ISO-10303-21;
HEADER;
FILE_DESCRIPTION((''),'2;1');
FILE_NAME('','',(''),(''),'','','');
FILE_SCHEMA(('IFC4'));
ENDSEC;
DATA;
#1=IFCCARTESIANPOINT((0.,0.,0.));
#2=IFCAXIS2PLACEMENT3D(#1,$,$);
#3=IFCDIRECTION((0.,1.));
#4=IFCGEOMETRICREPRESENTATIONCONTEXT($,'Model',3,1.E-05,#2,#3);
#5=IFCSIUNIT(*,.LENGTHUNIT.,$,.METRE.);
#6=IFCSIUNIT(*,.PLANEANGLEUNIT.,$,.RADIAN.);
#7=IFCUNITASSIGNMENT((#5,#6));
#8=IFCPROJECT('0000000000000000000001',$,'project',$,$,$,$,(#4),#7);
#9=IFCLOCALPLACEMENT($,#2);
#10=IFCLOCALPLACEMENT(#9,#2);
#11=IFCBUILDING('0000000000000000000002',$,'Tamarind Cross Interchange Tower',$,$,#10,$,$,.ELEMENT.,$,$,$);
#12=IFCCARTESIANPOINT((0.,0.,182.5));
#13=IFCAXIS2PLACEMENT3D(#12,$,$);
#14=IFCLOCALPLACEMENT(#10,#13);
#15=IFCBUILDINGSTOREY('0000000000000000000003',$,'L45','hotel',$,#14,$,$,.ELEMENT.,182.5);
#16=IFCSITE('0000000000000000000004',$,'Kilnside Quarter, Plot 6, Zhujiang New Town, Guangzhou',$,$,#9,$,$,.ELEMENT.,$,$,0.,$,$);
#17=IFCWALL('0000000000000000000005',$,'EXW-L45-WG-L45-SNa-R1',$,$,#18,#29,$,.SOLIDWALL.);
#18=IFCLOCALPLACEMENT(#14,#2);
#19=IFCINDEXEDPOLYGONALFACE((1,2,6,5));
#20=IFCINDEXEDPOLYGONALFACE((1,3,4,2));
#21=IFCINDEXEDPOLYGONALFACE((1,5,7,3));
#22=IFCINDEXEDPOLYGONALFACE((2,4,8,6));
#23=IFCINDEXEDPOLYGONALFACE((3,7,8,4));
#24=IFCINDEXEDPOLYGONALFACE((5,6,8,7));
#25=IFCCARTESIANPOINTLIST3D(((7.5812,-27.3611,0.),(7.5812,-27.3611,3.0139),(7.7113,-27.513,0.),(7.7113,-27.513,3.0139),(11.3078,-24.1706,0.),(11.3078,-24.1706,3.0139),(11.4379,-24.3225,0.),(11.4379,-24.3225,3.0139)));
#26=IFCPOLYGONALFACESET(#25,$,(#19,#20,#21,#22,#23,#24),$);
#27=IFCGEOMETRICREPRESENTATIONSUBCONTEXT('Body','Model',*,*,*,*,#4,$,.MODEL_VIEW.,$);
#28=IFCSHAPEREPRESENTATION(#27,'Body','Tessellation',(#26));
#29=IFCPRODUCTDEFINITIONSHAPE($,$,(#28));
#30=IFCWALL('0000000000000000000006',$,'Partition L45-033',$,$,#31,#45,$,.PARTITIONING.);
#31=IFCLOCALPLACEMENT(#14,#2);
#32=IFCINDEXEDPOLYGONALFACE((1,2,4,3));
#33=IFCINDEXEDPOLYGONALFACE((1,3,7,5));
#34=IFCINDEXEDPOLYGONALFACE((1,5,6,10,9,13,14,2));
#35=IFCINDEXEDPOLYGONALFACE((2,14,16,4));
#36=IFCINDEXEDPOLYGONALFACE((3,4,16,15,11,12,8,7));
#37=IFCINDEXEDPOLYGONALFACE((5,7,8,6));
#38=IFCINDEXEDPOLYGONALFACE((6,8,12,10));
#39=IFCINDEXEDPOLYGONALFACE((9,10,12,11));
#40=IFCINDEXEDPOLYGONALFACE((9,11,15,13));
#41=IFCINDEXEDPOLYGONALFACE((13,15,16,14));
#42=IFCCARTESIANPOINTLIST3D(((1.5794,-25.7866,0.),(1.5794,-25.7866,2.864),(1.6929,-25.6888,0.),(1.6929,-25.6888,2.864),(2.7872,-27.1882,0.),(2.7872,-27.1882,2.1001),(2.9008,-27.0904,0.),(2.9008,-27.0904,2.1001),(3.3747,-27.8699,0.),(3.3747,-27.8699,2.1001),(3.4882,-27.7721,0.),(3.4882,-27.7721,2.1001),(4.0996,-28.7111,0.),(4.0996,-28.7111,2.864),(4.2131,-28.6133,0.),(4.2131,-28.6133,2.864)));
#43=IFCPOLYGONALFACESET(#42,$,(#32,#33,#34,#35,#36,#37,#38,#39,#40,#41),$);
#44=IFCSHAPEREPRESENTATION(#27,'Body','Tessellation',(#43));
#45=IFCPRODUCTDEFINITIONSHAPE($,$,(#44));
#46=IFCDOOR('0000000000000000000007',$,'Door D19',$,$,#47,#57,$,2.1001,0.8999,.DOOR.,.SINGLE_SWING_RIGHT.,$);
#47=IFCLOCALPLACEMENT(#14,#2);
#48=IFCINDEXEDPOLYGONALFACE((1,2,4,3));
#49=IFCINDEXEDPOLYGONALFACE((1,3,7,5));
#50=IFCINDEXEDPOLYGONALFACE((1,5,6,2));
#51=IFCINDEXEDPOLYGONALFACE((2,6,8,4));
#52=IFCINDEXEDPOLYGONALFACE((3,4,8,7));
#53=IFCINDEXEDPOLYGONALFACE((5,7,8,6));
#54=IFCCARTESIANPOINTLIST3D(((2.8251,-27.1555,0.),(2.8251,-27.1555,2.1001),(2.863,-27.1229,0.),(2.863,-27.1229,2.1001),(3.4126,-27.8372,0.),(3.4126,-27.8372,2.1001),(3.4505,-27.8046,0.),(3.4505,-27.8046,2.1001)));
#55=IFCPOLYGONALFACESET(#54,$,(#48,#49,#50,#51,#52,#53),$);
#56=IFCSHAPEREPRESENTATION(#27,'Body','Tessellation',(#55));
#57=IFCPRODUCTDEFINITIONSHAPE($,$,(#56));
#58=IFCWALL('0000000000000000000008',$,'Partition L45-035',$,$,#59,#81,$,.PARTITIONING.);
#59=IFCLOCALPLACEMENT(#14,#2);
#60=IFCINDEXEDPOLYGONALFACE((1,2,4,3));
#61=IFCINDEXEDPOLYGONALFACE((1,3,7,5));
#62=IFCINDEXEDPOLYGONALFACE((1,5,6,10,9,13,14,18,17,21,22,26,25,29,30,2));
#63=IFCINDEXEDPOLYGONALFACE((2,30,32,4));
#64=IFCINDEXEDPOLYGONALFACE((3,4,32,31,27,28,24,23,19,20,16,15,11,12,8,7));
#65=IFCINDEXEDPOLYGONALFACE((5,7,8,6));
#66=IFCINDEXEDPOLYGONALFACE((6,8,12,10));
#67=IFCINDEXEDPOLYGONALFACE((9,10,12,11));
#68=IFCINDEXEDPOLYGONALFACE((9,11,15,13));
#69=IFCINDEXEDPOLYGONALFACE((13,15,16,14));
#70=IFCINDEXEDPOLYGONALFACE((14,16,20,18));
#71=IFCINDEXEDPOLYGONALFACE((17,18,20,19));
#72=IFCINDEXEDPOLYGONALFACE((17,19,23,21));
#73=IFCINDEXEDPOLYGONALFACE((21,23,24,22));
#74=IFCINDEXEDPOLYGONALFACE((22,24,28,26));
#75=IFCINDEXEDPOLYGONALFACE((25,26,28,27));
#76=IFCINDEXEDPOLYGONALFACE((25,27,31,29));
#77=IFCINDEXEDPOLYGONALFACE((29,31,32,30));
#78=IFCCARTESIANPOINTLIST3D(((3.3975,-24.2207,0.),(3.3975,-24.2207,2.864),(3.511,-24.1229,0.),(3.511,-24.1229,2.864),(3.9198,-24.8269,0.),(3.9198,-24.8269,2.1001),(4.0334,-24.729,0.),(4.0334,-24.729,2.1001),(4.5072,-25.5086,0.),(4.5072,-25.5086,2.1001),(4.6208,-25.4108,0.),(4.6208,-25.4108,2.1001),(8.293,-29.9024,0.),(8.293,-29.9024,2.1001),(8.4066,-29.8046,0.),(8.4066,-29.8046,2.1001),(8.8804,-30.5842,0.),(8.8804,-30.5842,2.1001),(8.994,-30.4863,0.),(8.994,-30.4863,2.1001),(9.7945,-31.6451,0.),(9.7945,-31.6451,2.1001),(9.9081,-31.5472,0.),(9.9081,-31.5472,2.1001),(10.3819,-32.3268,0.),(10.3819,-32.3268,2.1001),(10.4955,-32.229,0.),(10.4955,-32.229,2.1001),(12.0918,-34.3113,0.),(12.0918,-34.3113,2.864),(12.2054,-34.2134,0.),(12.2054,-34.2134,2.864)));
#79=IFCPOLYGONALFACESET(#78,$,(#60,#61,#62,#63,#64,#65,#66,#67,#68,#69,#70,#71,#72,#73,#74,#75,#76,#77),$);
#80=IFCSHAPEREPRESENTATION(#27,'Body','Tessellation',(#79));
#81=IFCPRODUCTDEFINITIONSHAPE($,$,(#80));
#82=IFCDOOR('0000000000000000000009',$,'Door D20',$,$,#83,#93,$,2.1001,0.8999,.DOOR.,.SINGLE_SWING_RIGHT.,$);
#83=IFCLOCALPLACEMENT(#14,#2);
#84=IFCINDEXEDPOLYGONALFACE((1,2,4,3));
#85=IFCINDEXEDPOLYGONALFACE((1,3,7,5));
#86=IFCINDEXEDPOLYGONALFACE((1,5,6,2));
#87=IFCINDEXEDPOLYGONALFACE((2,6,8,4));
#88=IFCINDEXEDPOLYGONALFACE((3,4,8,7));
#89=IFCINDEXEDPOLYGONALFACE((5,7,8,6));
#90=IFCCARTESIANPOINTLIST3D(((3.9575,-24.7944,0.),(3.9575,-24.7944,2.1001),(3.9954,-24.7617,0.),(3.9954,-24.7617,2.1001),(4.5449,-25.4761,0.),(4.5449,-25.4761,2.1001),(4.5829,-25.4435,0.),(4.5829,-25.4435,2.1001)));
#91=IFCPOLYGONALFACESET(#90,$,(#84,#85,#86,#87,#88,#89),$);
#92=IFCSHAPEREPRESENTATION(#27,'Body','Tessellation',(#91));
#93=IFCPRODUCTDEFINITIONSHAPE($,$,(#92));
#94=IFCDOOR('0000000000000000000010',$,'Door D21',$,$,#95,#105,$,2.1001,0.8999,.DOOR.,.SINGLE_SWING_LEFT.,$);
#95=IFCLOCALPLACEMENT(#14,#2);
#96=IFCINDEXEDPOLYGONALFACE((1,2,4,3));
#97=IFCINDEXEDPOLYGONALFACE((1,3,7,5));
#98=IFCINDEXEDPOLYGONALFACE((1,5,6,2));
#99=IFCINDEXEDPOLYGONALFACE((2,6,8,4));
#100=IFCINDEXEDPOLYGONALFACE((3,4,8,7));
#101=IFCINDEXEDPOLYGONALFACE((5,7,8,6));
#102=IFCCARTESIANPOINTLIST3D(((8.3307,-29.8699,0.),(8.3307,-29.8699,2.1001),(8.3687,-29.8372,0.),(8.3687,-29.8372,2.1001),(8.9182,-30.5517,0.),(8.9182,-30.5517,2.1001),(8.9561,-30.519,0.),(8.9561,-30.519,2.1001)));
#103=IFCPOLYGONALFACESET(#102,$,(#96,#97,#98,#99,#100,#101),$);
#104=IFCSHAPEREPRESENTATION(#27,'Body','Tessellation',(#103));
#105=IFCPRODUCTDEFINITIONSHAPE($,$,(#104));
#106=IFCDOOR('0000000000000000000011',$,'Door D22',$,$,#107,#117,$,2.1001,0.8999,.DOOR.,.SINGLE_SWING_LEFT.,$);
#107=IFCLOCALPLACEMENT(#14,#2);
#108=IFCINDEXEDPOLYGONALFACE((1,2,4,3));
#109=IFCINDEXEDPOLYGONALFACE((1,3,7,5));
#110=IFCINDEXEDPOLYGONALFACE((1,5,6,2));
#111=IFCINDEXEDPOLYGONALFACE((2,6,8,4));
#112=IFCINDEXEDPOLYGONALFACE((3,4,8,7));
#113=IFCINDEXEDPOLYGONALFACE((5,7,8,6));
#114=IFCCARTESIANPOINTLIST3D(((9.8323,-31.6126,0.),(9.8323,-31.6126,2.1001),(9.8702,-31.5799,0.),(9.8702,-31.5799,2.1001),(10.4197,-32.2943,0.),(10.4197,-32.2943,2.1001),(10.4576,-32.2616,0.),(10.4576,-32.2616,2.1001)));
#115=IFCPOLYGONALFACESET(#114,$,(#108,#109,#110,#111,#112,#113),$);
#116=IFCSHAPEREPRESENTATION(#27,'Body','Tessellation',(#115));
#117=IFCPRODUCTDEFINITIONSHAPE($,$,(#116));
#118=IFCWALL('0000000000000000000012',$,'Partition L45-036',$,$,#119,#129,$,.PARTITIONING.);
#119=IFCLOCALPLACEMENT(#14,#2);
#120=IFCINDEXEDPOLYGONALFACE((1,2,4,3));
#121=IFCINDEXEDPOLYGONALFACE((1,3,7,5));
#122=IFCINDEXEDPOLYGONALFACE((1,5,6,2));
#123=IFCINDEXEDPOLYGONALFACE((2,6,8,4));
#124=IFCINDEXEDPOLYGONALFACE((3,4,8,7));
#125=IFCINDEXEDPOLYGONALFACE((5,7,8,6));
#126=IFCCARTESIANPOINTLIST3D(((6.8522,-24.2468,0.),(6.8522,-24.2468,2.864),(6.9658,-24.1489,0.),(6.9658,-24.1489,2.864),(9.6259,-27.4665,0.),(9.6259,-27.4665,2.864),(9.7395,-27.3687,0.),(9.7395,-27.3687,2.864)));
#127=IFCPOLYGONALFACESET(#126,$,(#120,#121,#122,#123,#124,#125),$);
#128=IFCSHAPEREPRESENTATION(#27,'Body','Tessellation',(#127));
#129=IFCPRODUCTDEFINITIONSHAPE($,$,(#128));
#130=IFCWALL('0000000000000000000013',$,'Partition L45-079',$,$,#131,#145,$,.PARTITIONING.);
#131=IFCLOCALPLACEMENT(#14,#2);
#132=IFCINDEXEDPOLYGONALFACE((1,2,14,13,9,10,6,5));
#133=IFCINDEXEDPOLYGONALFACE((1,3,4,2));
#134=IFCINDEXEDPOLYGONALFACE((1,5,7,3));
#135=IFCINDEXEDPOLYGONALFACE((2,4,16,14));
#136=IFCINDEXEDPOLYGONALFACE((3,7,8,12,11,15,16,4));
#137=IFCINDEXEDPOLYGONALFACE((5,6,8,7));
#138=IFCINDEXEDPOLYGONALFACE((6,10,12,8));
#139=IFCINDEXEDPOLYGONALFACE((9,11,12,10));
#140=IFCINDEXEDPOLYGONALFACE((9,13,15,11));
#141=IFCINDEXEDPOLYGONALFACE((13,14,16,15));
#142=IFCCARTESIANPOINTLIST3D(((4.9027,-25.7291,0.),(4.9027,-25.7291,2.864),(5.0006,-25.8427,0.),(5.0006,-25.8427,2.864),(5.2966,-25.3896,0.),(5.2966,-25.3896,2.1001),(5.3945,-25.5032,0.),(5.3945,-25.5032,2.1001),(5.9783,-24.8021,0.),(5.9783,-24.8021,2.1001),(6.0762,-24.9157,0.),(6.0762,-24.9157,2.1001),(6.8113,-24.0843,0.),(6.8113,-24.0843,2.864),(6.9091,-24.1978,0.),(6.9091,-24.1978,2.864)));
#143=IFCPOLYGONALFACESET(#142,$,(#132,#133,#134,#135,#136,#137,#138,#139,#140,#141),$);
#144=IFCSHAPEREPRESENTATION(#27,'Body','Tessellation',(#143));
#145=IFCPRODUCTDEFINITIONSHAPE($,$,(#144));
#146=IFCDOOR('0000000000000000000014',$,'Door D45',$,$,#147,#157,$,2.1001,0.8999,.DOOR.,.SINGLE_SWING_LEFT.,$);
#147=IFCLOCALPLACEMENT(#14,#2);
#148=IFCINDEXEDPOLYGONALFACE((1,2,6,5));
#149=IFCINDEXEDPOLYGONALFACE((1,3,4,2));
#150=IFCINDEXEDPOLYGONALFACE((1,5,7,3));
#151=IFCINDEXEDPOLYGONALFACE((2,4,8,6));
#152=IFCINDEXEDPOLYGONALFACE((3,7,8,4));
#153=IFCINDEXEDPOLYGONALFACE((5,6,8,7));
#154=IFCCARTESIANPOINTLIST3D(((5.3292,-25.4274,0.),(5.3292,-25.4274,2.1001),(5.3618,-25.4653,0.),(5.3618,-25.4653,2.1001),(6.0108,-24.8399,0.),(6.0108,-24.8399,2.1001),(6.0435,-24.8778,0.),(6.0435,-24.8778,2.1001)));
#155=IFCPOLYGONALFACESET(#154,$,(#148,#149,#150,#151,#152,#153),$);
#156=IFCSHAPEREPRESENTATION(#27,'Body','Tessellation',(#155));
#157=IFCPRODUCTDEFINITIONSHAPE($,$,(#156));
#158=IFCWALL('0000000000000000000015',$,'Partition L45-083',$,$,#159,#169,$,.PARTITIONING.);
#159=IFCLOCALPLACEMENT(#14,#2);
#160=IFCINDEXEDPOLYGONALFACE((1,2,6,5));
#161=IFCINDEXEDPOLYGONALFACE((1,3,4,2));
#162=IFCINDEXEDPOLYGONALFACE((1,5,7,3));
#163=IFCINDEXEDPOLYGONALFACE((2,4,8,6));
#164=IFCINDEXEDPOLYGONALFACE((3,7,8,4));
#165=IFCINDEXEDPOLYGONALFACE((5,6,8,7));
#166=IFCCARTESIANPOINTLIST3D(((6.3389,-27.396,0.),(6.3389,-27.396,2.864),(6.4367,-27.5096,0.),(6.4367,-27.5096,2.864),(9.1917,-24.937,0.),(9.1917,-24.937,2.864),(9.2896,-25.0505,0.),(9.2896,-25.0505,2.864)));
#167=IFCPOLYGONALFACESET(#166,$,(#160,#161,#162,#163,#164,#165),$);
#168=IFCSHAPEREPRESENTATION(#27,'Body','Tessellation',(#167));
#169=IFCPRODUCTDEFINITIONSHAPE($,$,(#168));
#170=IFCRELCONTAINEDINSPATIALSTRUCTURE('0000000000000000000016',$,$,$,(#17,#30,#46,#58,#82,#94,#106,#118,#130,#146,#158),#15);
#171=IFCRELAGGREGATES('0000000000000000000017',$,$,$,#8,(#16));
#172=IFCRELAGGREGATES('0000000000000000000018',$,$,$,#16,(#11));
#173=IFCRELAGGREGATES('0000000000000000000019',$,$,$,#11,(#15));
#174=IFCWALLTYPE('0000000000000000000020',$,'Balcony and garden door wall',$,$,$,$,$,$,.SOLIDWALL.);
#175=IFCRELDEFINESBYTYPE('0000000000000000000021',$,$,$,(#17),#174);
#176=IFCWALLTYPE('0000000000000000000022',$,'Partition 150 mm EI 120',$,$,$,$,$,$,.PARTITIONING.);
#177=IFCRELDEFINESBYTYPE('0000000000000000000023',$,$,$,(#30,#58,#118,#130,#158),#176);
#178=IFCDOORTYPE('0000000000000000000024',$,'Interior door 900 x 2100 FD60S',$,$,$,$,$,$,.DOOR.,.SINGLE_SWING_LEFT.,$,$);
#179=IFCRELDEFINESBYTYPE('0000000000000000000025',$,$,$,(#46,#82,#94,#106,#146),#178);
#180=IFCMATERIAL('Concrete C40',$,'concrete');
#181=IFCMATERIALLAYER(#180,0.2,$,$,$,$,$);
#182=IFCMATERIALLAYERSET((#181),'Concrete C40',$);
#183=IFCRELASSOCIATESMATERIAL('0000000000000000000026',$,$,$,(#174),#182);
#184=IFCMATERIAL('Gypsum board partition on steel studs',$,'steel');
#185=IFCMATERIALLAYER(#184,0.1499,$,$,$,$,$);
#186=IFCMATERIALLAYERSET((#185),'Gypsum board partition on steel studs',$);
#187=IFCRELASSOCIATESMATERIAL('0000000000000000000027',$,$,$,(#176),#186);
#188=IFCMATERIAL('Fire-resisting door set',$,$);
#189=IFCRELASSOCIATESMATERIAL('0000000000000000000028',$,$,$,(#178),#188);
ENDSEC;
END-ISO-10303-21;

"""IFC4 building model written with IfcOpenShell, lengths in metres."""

from ifc_helpers import new_model, si_unit, direction, frame, frame_2d, origin, place, context, subcontext, project, spatial, rectangle, extrude, material, layer, layer_set, type_object, element, fill, save


model = new_model("IFC4")

# Units and contexts
model_context = context("Model", 3, precision=1e-05, world=origin(), true_north=direction((0.0, 1.0)))
body_context = subcontext(model_context, "Body", "Model", "MODEL_VIEW")
ifc_project = project(units=[si_unit("LENGTHUNIT", "METRE"), si_unit("PLANEANGLEUNIT", "RADIAN")], contexts=[model_context])

# Site, building, storey
site_placement = place(None, origin())
site = spatial("IfcSite", under=ifc_project, at=site_placement, Name="Kilnside Quarter, Plot 6, Zhujiang New Town, Guangzhou", CompositionType="ELEMENT", RefElevation=0.0)
building_placement = place(site_placement, origin())
building = spatial("IfcBuilding", under=site, at=building_placement, Name="Tamarind Cross Interchange Tower", CompositionType="ELEMENT")
storey_placement = place(building_placement, frame((0.0, 0.0, 182.5)))
storey = spatial("IfcBuildingStorey", under=building, at=storey_placement, Name="L45", Description="hotel", CompositionType="ELEMENT", Elevation=182.5)

# Wall
ifc_material_1 = material(Name="Concrete C40", Category="concrete")
ifc_layer_1 = layer(ifc_material_1, 0.2)
ifc_layer_set_1 = layer_set([ifc_layer_1], Name="Concrete C40")
wall_type_1 = type_object("IfcWallType", Name="Balcony and garden door wall", PredefinedType="SOLIDWALL", material=ifc_layer_set_1)
wall_1_placement = place(storey_placement, frame((7.6462, -27.437, 0.0), z_axis=(0.0, 0.0, 1.0), x_axis=(0.759636, 0.650349, 0.0)))
element("IfcWall", 1, at=wall_1_placement, inside=storey, type_object=wall_type_1, Name="EXW-L45-WG-L45-SNa-R1", PredefinedType="SOLIDWALL", context=body_context, shape_type="SweptSolid", body=[
    extrude(rectangle(XDim=4.9058, YDim=0.2, at=frame_2d((2.4529, 0.0))), origin(), (0.0, 0.0, 1.0), 3.0139),
])

# Wall, opening, door
ifc_material_2 = material(Name="Gypsum board partition on steel studs", Category="steel")
ifc_layer_2 = layer(ifc_material_2, 0.1499)
ifc_layer_set_2 = layer_set([ifc_layer_2], Name="Gypsum board partition on steel studs")
wall_type_2 = type_object("IfcWallType", Name="Partition 150 mm EI 120", PredefinedType="PARTITIONING", material=ifc_layer_set_2)
wall_2_placement = place(storey_placement, frame((1.6362, -25.7378, 0.0), z_axis=(0.0, 0.0, 1.0), x_axis=(0.652805, -0.757526, 0.0)))
wall_2 = element("IfcWall", 2, at=wall_2_placement, inside=storey, type_object=wall_type_2, Name="Partition L45-033", PredefinedType="PARTITIONING", context=body_context, shape_type="SweptSolid", body=[
    extrude(rectangle(XDim=3.8606, YDim=0.1499, at=frame_2d((1.9302, 0.0))), origin(), (0.0, 0.0, 1.0), 2.864),
])
opening_1_placement = place(wall_2_placement, frame((1.8501, 0.0, 0.0)))
opening_1 = element("IfcOpeningElement", 3, at=opening_1_placement, cuts=wall_2, PredefinedType="OPENING", context=body_context, shape_type="SweptSolid", body=[
    extrude(rectangle(XDim=0.8999, YDim=2.1001, at=frame_2d((0.45, 1.05))), frame((0.0, 0.085, 0.0), z_axis=(0.0, -1.0, 0.0), x_axis=(1.0, 0.0, 0.0)), (0.0, 0.0, 1.0), 0.1699),
])
ifc_material_3 = material(Name="Fire-resisting door set")
door_type_1 = type_object("IfcDoorType", Name="Interior door 900 x 2100 FD60S", OperationType="SINGLE_SWING_LEFT", PredefinedType="DOOR", material=ifc_material_3)
door_1_placement = place(opening_1_placement, frame((0.8999, 0.0, 0.0), z_axis=(0.0, 0.0, 1.0), x_axis=(-1.0, 0.0, 0.0)))
door_1 = element("IfcDoor", 4, at=door_1_placement, inside=storey, type_object=door_type_1, Name="Door D19", OperationType="SINGLE_SWING_RIGHT", OverallHeight=2.1001, OverallWidth=0.8999, PredefinedType="DOOR", context=body_context, shape_type="SweptSolid", body=[
    extrude(rectangle(XDim=0.8999, YDim=2.1001, at=frame_2d((0.45, 1.05))), frame((0.0, 0.0249, 0.0), z_axis=(0.0, -1.0, 0.0), x_axis=(1.0, 0.0, 0.0)), (0.0, 0.0, 1.0), 0.05),
])
fill(opening_1, door_1)

# Wall, openings, doors
wall_3_placement = place(storey_placement, frame((3.4543, -24.1719, 0.0), z_axis=(0.0, 0.0, 1.0), x_axis=(0.652749, -0.757575, 0.0)))
wall_3 = element("IfcWall", 5, at=wall_3_placement, inside=storey, type_object=wall_type_2, Name="Partition L45-035", PredefinedType="PARTITIONING", context=body_context, shape_type="SweptSolid", body=[
    extrude(rectangle(XDim=13.3196, YDim=0.1499, at=frame_2d((6.6597, 0.0))), origin(), (0.0, 0.0, 1.0), 2.864),
])
opening_2_placement = place(wall_3_placement, frame((0.8, 0.0, 0.0)))
opening_2 = element("IfcOpeningElement", 6, at=opening_2_placement, cuts=wall_3, PredefinedType="OPENING", context=body_context, shape_type="SweptSolid", body=[
    extrude(rectangle(XDim=0.8999, YDim=2.1001, at=frame_2d((0.45, 1.05))), frame((0.0, 0.085, 0.0), z_axis=(0.0, -1.0, 0.0), x_axis=(1.0, 0.0, 0.0)), (0.0, 0.0, 1.0), 0.1699),
])
opening_3_placement = place(wall_3_placement, frame((7.4998, 0.0, 0.0)))
opening_3 = element("IfcOpeningElement", 7, at=opening_3_placement, cuts=wall_3, PredefinedType="OPENING", context=body_context, shape_type="SweptSolid", body=[
    extrude(rectangle(XDim=0.8999, YDim=2.1001, at=frame_2d((0.45, 1.05))), frame((0.0, 0.085, 0.0), z_axis=(0.0, -1.0, 0.0), x_axis=(1.0, 0.0, 0.0)), (0.0, 0.0, 1.0), 0.1699),
])
opening_4_placement = place(wall_3_placement, frame((9.8, 0.0, 0.0)))
opening_4 = element("IfcOpeningElement", 8, at=opening_4_placement, cuts=wall_3, PredefinedType="OPENING", context=body_context, shape_type="SweptSolid", body=[
    extrude(rectangle(XDim=0.8999, YDim=2.1001, at=frame_2d((0.45, 1.05))), frame((0.0, 0.085, 0.0), z_axis=(0.0, -1.0, 0.0), x_axis=(1.0, 0.0, 0.0)), (0.0, 0.0, 1.0), 0.1699),
])
door_2_placement = place(opening_2_placement, origin())
door_2 = element("IfcDoor", 9, at=door_2_placement, inside=storey, type_object=door_type_1, Name="Door D20", OperationType="SINGLE_SWING_RIGHT", OverallHeight=2.1001, OverallWidth=0.8999, PredefinedType="DOOR", context=body_context, shape_type="SweptSolid", body=[
    extrude(rectangle(XDim=0.8999, YDim=2.1001, at=frame_2d((0.45, 1.05))), frame((0.0, 0.0249, 0.0), z_axis=(0.0, -1.0, 0.0), x_axis=(1.0, 0.0, 0.0)), (0.0, 0.0, 1.0), 0.05),
])
fill(opening_2, door_2)
door_3_placement = place(opening_3_placement, origin())
door_3 = element("IfcDoor", 10, at=door_3_placement, inside=storey, type_object=door_type_1, Name="Door D21", OperationType="SINGLE_SWING_LEFT", OverallHeight=2.1001, OverallWidth=0.8999, PredefinedType="DOOR", context=body_context, shape_type="SweptSolid", body=[
    extrude(rectangle(XDim=0.8999, YDim=2.1001, at=frame_2d((0.45, 1.05))), frame((0.0, 0.0249, 0.0), z_axis=(0.0, -1.0, 0.0), x_axis=(1.0, 0.0, 0.0)), (0.0, 0.0, 1.0), 0.05),
])
fill(opening_3, door_3)
door_4_placement = place(opening_4_placement, origin())
door_4 = element("IfcDoor", 11, at=door_4_placement, inside=storey, type_object=door_type_1, Name="Door D22", OperationType="SINGLE_SWING_LEFT", OverallHeight=2.1001, OverallWidth=0.8999, PredefinedType="DOOR", context=body_context, shape_type="SweptSolid", body=[
    extrude(rectangle(XDim=0.8999, YDim=2.1001, at=frame_2d((0.45, 1.05))), frame((0.0, 0.0249, 0.0), z_axis=(0.0, -1.0, 0.0), x_axis=(1.0, 0.0, 0.0)), (0.0, 0.0, 1.0), 0.05),
])
fill(opening_4, door_4)

# Wall
wall_4_placement = place(storey_placement, frame((6.9089, -24.1978, 0.0), z_axis=(0.0, 0.0, 1.0), x_axis=(0.652677, -0.757636, 0.0)))
element("IfcWall", 12, at=wall_4_placement, inside=storey, type_object=wall_type_2, Name="Partition L45-036", PredefinedType="PARTITIONING", context=body_context, shape_type="SweptSolid", body=[
    extrude(rectangle(XDim=4.2498, YDim=0.1499, at=frame_2d((2.125, 0.0))), origin(), (0.0, 0.0, 1.0), 2.864),
])

# Wall, opening, door
wall_5_placement = place(storey_placement, frame((4.9517, -25.7859, 0.0), z_axis=(0.0, 0.0, 1.0), x_axis=(0.757496, 0.65284, 0.0)))
wall_5 = element("IfcWall", 13, at=wall_5_placement, inside=storey, type_object=wall_type_2, Name="Partition L45-079", PredefinedType="PARTITIONING", context=body_context, shape_type="SweptSolid", body=[
    extrude(rectangle(XDim=2.5195, YDim=0.1499, at=frame_2d((1.2598, 0.0))), origin(), (0.0, 0.0, 1.0), 2.864),
])
opening_5_placement = place(wall_5_placement, frame((0.52, 0.0, 0.0)))
opening_5 = element("IfcOpeningElement", 14, at=opening_5_placement, cuts=wall_5, PredefinedType="OPENING", context=body_context, shape_type="SweptSolid", body=[
    extrude(rectangle(XDim=0.8999, YDim=2.1001, at=frame_2d((0.45, 1.05))), frame((0.0, 0.085, 0.0), z_axis=(0.0, -1.0, 0.0), x_axis=(1.0, 0.0, 0.0)), (0.0, 0.0, 1.0), 0.1699),
])
door_5_placement = place(opening_5_placement, frame((0.8999, 0.0, 0.0), z_axis=(0.0, 0.0, 1.0), x_axis=(-1.0, 0.0, 0.0)))
door_5 = element("IfcDoor", 15, at=door_5_placement, inside=storey, type_object=door_type_1, Name="Door D45", OperationType="SINGLE_SWING_LEFT", OverallHeight=2.1001, OverallWidth=0.8999, PredefinedType="DOOR", context=body_context, shape_type="SweptSolid", body=[
    extrude(rectangle(XDim=0.8999, YDim=2.1001, at=frame_2d((0.45, 1.05))), frame((0.0, 0.0249, 0.0), z_axis=(0.0, -1.0, 0.0), x_axis=(1.0, 0.0, 0.0)), (0.0, 0.0, 1.0), 0.05),
])
fill(opening_5, door_5)

# Wall
wall_6_placement = place(storey_placement, frame((6.3877, -27.4529, 0.0), z_axis=(0.0, 0.0, 1.0), x_axis=(0.757451, 0.652892, 0.0)))
element("IfcWall", 16, at=wall_6_placement, inside=storey, type_object=wall_type_2, Name="Partition L45-083", PredefinedType="PARTITIONING", context=body_context, shape_type="SweptSolid", body=[
    extrude(rectangle(XDim=3.7664, YDim=0.1499, at=frame_2d((1.8833, 0.0))), origin(), (0.0, 0.0, 1.0), 2.864),
])

save(model, "model.ifc")
